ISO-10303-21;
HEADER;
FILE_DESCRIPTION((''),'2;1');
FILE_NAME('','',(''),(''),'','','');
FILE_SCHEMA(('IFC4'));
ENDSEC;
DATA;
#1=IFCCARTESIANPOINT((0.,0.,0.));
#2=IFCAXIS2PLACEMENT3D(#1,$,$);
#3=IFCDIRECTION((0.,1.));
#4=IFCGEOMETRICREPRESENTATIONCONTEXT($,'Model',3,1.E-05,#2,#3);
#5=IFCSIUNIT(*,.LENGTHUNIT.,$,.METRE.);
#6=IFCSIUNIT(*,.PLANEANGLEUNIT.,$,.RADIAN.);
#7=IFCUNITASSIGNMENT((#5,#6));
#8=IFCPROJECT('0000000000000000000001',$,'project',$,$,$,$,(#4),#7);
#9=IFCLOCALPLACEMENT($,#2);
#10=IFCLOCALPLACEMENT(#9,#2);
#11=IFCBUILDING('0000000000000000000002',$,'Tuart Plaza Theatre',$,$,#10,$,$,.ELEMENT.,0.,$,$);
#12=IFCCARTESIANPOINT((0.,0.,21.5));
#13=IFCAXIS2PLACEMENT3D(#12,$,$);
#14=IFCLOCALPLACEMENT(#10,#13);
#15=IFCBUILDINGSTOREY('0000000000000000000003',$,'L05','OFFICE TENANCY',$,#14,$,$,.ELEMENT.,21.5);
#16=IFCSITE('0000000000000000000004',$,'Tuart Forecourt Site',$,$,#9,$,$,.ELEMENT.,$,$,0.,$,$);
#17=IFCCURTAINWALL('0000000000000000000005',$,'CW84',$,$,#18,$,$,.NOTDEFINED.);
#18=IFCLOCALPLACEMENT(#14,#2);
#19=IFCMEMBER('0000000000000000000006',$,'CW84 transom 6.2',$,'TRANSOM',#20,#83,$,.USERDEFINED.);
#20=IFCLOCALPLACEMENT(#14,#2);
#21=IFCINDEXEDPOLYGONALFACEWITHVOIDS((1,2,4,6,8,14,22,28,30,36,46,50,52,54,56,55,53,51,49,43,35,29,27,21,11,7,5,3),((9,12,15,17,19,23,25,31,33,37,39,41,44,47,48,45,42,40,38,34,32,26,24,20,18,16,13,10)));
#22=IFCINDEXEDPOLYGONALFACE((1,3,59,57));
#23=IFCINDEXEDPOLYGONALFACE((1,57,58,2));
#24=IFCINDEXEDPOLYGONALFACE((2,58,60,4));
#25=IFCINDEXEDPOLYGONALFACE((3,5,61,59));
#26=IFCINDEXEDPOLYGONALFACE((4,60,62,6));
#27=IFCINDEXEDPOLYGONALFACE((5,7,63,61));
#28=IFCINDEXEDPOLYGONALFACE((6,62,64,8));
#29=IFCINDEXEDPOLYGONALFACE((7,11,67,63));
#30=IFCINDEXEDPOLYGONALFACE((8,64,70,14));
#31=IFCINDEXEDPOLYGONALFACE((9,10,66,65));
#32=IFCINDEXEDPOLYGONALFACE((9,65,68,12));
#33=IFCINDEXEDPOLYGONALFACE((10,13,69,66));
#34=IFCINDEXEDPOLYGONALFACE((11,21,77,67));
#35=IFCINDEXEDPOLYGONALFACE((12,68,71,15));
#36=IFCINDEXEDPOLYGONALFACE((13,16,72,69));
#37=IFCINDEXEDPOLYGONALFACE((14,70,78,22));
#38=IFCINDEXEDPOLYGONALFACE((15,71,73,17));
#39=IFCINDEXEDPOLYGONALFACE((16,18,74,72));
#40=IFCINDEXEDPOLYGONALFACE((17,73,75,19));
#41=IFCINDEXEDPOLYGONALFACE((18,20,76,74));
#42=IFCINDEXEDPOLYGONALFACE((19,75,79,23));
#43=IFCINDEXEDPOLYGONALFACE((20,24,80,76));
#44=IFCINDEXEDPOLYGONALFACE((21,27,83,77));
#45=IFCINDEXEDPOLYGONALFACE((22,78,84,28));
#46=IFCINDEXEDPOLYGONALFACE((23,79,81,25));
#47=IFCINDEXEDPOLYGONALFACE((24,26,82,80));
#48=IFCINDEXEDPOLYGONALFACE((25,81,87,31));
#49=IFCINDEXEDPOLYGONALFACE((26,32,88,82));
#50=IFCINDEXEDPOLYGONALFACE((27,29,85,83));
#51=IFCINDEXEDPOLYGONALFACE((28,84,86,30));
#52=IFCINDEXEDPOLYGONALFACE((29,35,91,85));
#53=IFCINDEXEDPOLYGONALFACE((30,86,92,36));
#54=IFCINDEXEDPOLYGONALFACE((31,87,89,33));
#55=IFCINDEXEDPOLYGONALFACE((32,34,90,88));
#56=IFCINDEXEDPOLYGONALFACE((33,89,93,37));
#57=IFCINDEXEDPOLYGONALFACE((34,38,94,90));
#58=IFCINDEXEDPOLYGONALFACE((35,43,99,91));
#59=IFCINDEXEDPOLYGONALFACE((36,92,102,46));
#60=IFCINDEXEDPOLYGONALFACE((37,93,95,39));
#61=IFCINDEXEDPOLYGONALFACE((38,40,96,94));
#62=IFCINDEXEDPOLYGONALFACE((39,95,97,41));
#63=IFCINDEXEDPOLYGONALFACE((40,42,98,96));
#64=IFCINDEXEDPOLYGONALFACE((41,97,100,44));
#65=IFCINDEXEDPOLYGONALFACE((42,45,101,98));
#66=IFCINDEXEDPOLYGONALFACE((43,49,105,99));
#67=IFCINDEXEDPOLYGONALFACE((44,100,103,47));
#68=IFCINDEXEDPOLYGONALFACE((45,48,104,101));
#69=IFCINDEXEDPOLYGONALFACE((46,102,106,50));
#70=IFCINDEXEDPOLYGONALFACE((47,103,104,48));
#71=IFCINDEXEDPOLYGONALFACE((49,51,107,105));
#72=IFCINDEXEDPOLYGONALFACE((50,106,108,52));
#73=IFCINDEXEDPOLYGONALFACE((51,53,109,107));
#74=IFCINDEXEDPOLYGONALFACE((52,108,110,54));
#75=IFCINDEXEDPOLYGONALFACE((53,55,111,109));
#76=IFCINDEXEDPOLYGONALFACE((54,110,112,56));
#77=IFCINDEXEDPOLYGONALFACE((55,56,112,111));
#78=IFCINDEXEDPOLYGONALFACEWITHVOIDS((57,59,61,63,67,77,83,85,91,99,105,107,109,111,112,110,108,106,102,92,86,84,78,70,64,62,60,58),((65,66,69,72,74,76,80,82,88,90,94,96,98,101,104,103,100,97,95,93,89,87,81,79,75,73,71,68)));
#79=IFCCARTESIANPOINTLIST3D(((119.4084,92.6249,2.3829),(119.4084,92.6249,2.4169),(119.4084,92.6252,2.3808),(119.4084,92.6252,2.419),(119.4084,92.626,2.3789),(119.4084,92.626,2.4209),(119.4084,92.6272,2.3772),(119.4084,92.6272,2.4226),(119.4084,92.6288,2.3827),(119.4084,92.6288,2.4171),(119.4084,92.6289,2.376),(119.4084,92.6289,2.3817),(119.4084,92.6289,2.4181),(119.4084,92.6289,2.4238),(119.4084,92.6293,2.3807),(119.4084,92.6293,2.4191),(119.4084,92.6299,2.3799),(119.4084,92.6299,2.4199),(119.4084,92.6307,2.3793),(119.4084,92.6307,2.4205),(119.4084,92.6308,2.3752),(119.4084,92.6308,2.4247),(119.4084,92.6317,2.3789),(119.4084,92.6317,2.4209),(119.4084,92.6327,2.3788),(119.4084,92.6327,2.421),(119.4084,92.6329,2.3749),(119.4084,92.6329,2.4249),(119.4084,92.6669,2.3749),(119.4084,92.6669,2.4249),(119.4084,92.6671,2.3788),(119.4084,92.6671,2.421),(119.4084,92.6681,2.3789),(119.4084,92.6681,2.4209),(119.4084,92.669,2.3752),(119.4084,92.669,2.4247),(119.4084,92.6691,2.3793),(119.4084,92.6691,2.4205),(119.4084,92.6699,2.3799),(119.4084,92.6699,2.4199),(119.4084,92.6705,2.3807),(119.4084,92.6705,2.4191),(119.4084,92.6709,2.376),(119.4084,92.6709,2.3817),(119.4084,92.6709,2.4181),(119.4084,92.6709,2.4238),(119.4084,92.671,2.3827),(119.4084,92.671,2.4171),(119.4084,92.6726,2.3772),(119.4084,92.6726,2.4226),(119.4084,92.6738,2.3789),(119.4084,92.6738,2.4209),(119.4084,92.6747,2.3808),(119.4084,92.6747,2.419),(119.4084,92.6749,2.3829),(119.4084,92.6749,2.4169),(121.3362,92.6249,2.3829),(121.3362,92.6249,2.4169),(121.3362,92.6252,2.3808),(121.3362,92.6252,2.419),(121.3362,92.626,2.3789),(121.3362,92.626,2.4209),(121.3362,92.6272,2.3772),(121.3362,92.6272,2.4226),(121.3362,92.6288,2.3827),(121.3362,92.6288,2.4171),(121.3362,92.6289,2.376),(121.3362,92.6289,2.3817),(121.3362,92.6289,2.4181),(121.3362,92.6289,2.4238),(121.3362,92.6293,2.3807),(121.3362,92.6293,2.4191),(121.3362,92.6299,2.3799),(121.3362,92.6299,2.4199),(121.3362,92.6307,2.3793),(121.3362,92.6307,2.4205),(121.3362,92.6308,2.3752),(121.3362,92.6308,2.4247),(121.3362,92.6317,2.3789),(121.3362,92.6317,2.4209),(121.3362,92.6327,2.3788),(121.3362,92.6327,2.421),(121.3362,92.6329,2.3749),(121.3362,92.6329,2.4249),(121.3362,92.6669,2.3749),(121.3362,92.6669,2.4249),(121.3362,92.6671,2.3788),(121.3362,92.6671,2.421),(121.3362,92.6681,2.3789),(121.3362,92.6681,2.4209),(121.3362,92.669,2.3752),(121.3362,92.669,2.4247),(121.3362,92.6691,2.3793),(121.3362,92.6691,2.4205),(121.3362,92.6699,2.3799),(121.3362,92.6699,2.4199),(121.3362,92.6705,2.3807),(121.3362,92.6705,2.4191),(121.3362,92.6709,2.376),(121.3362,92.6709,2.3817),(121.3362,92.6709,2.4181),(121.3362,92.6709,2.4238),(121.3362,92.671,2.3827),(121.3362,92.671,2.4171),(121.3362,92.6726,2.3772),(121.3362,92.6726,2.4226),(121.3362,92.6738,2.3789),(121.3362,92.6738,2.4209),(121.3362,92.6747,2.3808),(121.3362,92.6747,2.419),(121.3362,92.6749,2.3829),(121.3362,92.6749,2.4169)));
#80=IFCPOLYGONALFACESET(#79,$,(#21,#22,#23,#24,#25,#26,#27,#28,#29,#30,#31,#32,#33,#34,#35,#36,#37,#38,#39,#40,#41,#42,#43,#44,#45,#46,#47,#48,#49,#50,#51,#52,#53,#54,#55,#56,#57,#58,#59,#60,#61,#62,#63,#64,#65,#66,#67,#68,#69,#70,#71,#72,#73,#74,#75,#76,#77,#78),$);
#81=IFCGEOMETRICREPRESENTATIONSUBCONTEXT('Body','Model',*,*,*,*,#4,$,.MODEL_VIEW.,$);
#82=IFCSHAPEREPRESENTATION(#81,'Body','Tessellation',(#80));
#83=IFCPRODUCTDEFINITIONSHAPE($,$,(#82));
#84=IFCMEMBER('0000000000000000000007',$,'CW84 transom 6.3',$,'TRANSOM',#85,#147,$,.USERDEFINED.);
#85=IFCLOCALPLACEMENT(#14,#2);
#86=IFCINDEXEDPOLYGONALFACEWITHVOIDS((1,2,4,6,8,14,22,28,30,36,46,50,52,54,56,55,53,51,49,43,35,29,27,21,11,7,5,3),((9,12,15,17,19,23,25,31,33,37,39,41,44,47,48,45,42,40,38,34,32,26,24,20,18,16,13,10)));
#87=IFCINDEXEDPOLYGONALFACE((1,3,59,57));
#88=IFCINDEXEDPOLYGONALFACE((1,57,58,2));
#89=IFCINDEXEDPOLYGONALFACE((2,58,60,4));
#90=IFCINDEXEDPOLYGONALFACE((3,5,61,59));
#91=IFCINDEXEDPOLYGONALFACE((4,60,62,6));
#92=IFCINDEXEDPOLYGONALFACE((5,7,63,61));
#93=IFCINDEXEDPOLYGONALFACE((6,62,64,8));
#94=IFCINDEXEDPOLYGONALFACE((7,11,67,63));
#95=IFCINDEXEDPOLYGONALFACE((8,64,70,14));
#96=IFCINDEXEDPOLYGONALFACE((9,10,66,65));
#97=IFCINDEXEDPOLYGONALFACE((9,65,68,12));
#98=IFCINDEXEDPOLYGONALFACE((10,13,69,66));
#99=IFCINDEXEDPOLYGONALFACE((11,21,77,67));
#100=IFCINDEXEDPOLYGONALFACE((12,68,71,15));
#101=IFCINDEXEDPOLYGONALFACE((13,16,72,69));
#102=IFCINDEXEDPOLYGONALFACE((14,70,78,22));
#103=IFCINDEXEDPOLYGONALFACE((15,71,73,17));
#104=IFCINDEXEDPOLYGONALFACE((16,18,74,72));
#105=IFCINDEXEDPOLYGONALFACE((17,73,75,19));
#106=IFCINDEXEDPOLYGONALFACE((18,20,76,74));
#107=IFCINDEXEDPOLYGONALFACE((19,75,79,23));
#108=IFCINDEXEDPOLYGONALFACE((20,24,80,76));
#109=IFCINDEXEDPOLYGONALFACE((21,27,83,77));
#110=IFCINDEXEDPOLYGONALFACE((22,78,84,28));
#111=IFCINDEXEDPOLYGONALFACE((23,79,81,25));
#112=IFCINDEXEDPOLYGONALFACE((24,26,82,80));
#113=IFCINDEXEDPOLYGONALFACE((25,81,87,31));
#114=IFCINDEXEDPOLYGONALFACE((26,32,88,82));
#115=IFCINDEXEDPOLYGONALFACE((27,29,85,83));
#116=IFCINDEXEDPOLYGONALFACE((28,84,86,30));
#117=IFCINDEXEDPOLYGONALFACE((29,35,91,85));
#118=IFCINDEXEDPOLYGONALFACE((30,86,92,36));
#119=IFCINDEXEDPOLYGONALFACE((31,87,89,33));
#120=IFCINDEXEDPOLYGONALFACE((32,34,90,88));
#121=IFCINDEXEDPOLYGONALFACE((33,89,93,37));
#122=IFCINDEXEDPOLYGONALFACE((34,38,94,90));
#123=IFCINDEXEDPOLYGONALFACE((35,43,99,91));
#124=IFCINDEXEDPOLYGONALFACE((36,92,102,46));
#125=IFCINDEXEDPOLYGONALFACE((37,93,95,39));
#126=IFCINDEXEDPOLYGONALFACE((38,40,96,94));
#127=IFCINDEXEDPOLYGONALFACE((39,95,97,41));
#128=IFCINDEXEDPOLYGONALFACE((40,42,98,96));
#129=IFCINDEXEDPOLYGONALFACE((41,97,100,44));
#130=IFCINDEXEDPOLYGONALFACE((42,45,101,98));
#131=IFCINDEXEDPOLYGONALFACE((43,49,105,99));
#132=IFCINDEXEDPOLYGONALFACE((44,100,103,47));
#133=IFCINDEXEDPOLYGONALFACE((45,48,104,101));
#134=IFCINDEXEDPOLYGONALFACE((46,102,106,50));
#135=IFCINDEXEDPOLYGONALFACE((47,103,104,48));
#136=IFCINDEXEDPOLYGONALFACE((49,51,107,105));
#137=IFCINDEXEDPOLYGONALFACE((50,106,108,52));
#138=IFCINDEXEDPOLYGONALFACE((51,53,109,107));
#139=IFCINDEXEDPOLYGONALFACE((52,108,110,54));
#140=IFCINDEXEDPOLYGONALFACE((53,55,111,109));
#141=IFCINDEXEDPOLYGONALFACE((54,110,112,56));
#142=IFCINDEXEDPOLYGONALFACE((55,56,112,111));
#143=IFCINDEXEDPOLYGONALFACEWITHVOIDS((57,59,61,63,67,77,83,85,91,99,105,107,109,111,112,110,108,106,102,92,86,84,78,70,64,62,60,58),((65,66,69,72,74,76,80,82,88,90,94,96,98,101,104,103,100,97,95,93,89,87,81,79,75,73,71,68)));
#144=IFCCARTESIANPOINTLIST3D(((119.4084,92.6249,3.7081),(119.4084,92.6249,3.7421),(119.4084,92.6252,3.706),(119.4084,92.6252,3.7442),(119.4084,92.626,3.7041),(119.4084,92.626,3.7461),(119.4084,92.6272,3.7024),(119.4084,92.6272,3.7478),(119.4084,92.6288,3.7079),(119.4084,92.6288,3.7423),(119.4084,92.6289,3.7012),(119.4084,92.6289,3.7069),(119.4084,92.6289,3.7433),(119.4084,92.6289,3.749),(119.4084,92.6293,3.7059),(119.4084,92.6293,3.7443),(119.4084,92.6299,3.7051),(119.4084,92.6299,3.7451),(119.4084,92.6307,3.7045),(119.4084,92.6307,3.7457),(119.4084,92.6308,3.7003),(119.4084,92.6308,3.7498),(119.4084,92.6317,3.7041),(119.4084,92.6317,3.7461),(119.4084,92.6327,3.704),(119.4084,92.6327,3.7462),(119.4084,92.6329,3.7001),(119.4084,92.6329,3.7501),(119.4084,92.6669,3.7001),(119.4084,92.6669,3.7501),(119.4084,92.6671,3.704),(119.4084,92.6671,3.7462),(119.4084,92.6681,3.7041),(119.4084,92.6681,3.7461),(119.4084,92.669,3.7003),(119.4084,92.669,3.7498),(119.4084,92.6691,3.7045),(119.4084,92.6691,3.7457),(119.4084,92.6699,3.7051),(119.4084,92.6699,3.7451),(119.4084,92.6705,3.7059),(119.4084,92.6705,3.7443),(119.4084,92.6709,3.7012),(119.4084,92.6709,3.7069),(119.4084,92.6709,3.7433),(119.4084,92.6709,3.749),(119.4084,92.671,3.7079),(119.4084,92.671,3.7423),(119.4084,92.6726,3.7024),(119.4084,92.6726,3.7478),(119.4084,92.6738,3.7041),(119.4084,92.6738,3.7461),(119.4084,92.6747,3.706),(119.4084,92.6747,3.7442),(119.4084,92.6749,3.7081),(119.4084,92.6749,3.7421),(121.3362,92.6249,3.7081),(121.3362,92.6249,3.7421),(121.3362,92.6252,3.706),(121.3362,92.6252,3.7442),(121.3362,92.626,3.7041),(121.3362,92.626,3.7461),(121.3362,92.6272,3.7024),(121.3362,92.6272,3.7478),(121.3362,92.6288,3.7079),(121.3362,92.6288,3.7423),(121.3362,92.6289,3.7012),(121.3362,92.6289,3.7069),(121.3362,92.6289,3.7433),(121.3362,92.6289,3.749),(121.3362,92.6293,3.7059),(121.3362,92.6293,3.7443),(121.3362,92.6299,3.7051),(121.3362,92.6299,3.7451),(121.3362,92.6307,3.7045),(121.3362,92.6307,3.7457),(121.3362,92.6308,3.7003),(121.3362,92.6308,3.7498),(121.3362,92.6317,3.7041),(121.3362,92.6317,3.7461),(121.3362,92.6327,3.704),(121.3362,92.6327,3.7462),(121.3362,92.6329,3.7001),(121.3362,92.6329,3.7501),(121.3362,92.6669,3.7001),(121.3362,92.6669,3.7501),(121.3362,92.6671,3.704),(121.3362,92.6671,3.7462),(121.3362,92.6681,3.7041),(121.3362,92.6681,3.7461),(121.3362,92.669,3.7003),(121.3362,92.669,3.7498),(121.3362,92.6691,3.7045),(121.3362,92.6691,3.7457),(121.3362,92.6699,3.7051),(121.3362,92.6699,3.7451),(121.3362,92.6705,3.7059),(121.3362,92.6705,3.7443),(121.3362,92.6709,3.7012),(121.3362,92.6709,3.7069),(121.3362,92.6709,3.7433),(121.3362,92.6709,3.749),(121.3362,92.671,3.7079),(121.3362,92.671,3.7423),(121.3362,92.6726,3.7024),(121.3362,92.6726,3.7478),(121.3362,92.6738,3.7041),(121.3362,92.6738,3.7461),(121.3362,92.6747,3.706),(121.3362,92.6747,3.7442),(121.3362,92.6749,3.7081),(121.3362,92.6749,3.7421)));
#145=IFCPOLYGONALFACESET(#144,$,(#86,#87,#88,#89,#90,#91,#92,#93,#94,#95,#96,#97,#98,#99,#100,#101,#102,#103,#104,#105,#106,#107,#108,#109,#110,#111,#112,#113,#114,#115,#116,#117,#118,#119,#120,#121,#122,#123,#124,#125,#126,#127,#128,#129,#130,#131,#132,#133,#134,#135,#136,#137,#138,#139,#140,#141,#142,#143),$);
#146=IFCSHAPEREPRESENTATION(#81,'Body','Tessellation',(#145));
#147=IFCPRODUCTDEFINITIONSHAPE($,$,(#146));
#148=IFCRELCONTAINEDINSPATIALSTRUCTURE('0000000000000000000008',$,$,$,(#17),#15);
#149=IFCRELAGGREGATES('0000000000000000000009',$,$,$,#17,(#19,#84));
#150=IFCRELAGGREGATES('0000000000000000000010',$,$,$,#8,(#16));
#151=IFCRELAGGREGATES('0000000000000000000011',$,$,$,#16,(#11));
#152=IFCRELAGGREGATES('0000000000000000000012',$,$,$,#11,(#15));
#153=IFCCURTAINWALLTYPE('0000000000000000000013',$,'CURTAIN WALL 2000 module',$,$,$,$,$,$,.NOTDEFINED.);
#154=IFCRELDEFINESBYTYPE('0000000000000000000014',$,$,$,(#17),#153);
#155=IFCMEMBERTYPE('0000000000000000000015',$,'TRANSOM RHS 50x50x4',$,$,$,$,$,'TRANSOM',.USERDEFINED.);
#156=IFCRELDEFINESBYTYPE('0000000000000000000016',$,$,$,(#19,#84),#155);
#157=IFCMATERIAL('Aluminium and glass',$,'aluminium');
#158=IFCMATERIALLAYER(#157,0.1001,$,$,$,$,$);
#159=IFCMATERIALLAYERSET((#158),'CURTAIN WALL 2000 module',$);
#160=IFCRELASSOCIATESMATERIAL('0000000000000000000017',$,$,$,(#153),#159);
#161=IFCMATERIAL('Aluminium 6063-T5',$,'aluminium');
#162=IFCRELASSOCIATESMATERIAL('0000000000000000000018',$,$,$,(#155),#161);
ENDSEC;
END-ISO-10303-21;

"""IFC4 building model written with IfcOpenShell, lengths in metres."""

from ifc_helpers import new_model, si_unit, direction, frame, origin, origin_2d, place, context, subcontext, project, spatial, hollow_rectangle, extrude, material, layer, layer_set, material_profile, profile_set, type_object, element, aggregate, save


model = new_model("IFC4")

# Units and contexts
model_context = context("Model", 3, precision=1e-05, world=origin(), true_north=direction((0.0, 1.0)))
body_context = subcontext(model_context, "Body", "Model", "MODEL_VIEW")
ifc_project = project(units=[si_unit("LENGTHUNIT", "METRE"), si_unit("PLANEANGLEUNIT", "RADIAN")], contexts=[model_context])

# Site, building, storey
site_placement = place(None, origin())
site = spatial("IfcSite", under=ifc_project, at=site_placement, Name="Tuart Forecourt Site", CompositionType="ELEMENT", RefElevation=0.0)
building_placement = place(site_placement, origin())
building = spatial("IfcBuilding", under=site, at=building_placement, Name="Tuart Plaza Theatre", CompositionType="ELEMENT", ElevationOfRefHeight=0.0)
storey_placement = place(building_placement, frame((0.0, 0.0, 21.5)))
storey = spatial("IfcBuildingStorey", under=building, at=storey_placement, Name="L05", Description="OFFICE TENANCY", CompositionType="ELEMENT", Elevation=21.5)

# Curtain wall, members
ifc_material_1 = material(Name="Aluminium and glass", Category="aluminium")
ifc_layer_1 = layer(ifc_material_1, 0.1001)
ifc_layer_set_1 = layer_set([ifc_layer_1], Name="CURTAIN WALL 2000 module")
curtain_wall_type = type_object("IfcCurtainWallType", Name="CURTAIN WALL 2000 module", PredefinedType="NOTDEFINED", material=ifc_layer_set_1)
curtain_wall_placement = place(storey_placement, origin())
curtain_wall = element("IfcCurtainWall", 1, at=curtain_wall_placement, inside=storey, type_object=curtain_wall_type, Name="CW84", PredefinedType="NOTDEFINED")
ifc_material_2 = material(Name="Aluminium 6063-T5", Category="aluminium")
ifc_material_profile_1 = material_profile(ifc_material_2, hollow_rectangle(XDim=0.05, YDim=0.05, WallThickness=0.0039, InnerFilletRadius=0.0039, OuterFilletRadius=0.0081, at=origin_2d()), Name="RHS 50x50x4")
ifc_profile_set_1 = profile_set([ifc_material_profile_1], Name="Aluminium 6063-T5")
member_type_1 = type_object("IfcMemberType", Name="TRANSOM RHS 50x50x4", ElementType="TRANSOM", PredefinedType="USERDEFINED", material=ifc_profile_set_1)
member_1_placement = place(storey_placement, frame((121.3362, 92.6499, 2.3999), z_axis=(-1.0, 0.0, 0.0), x_axis=(0.0, -1.0, 0.0)))
member_1 = element("IfcMember", 2, at=member_1_placement, type_object=member_type_1, Name="CW84 transom 6.2", ObjectType="TRANSOM", PredefinedType="USERDEFINED", context=body_context, shape_type="SweptSolid", body=[
    extrude(hollow_rectangle(XDim=0.05, YDim=0.05, WallThickness=0.0039, InnerFilletRadius=0.0039, OuterFilletRadius=0.0081, at=origin_2d()), origin(), (0.0, 0.0, 1.0), 1.9277),
])
member_2_placement = place(storey_placement, frame((121.3362, 92.6499, 3.7251), z_axis=(-1.0, 0.0, 0.0), x_axis=(0.0, -1.0, 0.0)))
member_2 = element("IfcMember", 3, at=member_2_placement, type_object=member_type_1, Name="CW84 transom 6.3", ObjectType="TRANSOM", PredefinedType="USERDEFINED", context=body_context, shape_type="SweptSolid", body=[
    extrude(hollow_rectangle(XDim=0.05, YDim=0.05, WallThickness=0.0039, InnerFilletRadius=0.0039, OuterFilletRadius=0.0081, at=origin_2d()), origin(), (0.0, 0.0, 1.0), 1.9277),
])
aggregate(curtain_wall, [member_1, member_2])

save(model, "model.ifc")
